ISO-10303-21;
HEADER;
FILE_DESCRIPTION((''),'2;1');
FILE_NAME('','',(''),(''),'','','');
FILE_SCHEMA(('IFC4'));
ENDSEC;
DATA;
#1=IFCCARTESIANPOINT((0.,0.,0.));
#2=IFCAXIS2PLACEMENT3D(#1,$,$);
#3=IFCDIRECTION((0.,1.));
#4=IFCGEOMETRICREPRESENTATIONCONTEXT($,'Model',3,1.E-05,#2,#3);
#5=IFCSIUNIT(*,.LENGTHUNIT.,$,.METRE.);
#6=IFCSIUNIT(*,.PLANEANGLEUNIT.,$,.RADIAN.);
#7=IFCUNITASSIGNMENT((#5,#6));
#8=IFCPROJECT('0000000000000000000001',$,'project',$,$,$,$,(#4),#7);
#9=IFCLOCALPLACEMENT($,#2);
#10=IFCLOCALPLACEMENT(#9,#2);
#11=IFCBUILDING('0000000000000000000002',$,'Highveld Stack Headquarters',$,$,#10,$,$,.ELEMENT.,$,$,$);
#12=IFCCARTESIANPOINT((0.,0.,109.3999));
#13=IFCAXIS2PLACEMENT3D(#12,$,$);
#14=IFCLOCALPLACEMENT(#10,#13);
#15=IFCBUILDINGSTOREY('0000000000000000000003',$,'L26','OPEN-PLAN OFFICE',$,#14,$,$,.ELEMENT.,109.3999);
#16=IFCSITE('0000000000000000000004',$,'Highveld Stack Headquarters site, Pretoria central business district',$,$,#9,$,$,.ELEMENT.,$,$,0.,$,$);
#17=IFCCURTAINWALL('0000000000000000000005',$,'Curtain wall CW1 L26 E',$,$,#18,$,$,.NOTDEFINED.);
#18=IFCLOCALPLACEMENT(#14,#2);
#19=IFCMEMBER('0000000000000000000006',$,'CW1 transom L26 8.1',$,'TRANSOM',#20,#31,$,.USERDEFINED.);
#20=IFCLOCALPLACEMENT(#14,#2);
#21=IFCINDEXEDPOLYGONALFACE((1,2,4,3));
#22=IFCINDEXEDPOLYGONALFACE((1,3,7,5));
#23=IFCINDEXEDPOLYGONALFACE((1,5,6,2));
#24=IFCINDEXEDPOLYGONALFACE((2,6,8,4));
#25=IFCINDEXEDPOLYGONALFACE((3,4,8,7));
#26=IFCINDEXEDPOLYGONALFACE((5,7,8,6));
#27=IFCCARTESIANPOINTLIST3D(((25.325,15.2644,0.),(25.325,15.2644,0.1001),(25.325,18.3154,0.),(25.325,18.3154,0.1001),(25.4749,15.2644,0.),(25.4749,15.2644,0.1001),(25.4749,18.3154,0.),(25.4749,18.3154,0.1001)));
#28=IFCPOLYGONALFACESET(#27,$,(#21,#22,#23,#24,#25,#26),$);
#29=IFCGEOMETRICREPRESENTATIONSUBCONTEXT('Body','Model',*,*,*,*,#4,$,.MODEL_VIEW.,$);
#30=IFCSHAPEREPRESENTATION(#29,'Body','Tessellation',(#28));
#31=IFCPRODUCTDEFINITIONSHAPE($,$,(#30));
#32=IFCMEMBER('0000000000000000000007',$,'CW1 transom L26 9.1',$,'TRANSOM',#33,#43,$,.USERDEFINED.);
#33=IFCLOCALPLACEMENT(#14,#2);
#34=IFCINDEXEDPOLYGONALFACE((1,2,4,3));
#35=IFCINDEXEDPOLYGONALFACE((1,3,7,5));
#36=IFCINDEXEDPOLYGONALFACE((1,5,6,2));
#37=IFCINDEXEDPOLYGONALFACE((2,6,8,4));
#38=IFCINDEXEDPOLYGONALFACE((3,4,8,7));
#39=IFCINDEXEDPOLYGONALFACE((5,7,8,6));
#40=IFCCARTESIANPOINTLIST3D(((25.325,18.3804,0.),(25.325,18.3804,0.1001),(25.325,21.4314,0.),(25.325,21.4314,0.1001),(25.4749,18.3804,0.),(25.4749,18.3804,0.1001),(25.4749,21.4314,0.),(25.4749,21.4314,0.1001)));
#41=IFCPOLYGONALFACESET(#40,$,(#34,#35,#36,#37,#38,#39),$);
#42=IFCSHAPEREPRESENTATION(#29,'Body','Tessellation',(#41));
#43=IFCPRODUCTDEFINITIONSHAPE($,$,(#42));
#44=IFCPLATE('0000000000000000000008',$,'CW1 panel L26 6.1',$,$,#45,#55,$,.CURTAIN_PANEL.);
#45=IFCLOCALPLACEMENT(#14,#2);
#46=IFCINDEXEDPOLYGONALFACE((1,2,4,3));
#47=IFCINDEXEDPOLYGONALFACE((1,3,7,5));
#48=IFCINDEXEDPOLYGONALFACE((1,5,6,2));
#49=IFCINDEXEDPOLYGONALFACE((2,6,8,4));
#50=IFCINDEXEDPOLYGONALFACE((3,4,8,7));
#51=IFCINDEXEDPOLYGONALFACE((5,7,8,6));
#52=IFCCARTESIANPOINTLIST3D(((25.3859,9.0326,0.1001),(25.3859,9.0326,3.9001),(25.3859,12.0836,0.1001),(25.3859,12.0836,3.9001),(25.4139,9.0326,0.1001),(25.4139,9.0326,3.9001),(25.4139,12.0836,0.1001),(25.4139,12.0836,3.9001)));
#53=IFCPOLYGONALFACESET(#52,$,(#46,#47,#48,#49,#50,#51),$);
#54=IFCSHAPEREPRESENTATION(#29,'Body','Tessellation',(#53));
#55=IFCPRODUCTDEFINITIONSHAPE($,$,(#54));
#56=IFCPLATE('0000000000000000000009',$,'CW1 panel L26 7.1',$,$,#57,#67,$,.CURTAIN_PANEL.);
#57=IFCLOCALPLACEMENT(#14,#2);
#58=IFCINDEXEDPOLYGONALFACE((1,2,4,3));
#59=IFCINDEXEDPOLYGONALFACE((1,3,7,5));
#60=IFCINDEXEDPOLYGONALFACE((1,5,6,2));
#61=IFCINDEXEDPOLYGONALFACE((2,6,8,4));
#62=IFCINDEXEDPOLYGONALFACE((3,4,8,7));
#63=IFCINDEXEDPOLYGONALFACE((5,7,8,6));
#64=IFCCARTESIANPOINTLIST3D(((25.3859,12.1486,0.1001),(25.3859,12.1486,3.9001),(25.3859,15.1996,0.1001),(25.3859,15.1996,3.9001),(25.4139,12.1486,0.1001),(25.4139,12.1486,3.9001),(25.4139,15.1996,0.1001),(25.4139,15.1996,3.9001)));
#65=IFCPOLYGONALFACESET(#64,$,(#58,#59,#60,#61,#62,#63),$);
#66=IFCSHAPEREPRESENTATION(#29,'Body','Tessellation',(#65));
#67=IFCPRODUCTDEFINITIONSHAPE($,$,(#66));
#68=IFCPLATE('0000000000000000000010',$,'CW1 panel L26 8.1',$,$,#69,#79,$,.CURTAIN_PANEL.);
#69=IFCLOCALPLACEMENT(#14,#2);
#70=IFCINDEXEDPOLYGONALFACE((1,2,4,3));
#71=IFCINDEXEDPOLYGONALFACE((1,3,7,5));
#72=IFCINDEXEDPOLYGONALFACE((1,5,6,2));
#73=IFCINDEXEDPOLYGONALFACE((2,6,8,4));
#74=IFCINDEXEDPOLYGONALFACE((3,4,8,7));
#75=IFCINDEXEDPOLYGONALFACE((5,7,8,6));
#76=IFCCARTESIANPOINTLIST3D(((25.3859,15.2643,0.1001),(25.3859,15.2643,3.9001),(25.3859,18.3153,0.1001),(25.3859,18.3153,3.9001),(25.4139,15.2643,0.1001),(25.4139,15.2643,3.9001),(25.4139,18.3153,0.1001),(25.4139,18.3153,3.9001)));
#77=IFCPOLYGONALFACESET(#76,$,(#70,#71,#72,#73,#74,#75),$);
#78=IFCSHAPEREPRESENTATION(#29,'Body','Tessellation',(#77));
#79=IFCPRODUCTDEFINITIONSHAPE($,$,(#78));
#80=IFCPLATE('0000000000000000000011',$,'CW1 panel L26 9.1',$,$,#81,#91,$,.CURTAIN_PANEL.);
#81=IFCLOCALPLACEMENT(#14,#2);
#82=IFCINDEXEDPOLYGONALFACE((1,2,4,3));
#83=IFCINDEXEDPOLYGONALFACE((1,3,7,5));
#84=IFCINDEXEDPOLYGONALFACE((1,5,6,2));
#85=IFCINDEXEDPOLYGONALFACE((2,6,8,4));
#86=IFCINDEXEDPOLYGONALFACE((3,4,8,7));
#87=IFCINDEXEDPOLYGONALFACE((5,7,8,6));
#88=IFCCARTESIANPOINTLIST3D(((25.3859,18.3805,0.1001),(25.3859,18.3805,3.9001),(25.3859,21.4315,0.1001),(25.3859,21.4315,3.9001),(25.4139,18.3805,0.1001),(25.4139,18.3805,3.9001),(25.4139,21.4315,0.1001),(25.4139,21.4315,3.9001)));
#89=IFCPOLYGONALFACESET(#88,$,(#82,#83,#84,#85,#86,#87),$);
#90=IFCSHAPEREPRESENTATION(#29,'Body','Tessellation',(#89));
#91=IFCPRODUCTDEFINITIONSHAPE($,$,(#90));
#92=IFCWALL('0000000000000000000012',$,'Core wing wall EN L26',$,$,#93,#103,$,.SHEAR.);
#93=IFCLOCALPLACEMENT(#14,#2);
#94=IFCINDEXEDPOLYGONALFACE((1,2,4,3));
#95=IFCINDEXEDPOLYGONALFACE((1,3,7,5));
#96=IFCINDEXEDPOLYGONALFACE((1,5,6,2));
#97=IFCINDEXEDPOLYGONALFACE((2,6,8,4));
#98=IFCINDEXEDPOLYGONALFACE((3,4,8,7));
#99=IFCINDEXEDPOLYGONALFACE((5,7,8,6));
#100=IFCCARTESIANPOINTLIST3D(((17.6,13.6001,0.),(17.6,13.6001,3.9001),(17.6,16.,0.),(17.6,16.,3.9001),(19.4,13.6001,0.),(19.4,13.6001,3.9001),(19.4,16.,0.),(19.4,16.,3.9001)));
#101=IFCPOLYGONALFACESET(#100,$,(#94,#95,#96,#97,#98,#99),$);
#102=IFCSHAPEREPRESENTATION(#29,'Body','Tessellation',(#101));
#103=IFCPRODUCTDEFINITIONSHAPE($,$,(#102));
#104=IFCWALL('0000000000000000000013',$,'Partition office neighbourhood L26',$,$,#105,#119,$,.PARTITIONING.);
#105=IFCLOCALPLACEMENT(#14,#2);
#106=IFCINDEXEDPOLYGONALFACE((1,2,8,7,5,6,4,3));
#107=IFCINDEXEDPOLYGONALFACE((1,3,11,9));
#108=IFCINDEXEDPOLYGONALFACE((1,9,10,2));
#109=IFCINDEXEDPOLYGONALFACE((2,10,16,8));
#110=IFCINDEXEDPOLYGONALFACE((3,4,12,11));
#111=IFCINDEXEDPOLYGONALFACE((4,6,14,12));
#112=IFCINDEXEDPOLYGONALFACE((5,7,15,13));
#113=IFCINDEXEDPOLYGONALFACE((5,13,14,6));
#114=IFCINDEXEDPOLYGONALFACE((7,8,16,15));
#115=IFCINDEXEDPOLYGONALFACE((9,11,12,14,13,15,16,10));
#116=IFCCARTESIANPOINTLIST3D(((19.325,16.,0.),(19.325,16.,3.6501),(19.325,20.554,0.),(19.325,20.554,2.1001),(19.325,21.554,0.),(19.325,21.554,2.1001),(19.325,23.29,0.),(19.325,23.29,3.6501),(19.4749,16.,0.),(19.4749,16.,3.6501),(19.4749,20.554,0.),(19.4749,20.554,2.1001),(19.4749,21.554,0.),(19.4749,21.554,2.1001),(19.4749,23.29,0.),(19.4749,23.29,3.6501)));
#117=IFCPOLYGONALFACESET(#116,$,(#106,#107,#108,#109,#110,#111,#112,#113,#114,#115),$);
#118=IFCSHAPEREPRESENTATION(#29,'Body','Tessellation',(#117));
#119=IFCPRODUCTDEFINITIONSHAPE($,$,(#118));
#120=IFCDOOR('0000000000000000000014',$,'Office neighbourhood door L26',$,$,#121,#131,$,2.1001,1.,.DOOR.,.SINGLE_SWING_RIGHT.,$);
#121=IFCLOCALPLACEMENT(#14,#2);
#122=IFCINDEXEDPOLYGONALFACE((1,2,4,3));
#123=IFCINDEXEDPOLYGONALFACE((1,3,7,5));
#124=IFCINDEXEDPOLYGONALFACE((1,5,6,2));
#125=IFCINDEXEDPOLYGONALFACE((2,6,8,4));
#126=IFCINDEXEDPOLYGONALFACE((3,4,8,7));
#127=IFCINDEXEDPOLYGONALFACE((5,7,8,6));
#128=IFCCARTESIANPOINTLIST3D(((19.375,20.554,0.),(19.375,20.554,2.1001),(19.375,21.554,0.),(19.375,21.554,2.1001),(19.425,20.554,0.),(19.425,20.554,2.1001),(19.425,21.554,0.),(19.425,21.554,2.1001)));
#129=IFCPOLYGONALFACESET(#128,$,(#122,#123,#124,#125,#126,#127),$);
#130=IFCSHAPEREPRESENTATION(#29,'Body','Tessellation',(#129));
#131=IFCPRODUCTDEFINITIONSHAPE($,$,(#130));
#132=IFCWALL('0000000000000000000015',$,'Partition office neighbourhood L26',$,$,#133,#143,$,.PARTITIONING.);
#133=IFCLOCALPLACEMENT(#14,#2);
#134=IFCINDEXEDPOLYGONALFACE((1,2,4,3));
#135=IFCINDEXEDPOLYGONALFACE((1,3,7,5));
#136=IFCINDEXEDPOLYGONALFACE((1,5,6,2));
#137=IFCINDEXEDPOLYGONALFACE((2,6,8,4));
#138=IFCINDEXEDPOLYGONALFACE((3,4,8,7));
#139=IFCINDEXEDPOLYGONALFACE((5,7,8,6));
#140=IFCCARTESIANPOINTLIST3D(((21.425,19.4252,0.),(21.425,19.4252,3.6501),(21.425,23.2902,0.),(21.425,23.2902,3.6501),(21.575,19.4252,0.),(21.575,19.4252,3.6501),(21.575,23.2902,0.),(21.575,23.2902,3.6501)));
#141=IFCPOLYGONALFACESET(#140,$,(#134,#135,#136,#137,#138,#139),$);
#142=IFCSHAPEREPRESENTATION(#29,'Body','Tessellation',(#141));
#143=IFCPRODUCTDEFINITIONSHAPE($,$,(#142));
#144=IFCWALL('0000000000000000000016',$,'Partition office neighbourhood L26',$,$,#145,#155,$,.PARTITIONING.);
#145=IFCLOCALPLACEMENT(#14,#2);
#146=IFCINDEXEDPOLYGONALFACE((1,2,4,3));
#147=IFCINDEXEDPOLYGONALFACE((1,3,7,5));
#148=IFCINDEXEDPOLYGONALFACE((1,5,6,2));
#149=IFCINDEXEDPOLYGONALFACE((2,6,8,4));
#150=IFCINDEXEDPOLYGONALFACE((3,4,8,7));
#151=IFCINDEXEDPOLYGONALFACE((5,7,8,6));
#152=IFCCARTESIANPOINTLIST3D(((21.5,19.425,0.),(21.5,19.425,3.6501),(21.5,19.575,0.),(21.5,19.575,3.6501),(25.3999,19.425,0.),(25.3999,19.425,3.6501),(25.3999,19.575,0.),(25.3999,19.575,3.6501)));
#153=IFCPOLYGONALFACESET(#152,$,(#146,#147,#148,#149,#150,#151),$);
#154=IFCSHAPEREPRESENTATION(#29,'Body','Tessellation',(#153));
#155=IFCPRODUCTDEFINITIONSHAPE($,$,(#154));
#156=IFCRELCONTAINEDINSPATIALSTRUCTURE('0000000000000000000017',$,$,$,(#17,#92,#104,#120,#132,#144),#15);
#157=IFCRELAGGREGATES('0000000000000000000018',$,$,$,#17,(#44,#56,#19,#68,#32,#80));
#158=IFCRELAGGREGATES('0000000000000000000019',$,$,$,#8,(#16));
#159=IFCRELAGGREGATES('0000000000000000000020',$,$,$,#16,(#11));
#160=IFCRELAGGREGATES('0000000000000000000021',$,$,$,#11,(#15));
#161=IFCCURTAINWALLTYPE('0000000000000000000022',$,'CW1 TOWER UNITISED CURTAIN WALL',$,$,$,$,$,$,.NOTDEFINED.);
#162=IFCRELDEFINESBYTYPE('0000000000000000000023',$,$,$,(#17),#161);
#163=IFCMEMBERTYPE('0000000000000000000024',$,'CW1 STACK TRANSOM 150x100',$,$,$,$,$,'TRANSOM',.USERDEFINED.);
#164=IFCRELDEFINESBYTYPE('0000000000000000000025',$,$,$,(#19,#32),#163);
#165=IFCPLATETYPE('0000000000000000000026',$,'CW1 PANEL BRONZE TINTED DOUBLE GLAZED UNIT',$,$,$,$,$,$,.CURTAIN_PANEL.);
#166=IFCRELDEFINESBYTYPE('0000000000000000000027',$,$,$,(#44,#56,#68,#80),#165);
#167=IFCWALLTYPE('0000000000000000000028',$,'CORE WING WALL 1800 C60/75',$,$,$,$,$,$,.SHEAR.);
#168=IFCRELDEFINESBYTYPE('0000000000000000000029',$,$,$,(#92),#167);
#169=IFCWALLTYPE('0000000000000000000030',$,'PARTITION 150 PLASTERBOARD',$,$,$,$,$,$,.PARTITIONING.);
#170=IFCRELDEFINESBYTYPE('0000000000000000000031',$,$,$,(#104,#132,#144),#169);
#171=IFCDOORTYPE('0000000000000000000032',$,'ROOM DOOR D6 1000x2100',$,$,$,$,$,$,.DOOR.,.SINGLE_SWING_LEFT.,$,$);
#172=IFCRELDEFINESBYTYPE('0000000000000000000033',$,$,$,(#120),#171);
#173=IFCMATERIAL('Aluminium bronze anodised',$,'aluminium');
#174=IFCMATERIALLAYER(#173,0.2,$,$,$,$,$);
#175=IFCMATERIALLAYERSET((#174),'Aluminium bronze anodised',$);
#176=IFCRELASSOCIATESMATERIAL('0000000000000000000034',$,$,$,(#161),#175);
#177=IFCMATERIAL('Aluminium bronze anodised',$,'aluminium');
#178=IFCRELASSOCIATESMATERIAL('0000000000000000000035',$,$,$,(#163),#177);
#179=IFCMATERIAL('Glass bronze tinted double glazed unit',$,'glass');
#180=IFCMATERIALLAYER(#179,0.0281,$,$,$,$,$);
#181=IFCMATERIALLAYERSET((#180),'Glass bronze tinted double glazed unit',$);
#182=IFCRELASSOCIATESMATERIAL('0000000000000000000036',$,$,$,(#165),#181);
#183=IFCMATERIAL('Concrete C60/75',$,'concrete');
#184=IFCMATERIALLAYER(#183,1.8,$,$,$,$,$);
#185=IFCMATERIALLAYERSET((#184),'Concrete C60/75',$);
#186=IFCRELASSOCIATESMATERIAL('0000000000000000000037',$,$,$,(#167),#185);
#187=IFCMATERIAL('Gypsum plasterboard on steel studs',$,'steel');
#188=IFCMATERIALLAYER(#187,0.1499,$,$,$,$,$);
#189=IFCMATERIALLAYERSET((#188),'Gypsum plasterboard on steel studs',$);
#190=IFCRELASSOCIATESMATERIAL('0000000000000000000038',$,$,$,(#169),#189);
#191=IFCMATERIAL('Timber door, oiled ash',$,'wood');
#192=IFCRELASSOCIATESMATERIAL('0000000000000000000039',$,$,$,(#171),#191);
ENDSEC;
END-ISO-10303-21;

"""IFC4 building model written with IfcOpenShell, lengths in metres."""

from ifc_helpers import new_model, si_unit, direction, frame, frame_2d, origin, origin_2d, place, context, subcontext, project, spatial, rectangle, extrude, material, layer, layer_set, material_profile, profile_set, type_object, element, fill, aggregate, save


model = new_model("IFC4")

# Units and contexts
model_context = context("Model", 3, precision=1e-05, world=origin(), true_north=direction((0.0, 1.0)))
body_context = subcontext(model_context, "Body", "Model", "MODEL_VIEW")
ifc_project = project(units=[si_unit("LENGTHUNIT", "METRE"), si_unit("PLANEANGLEUNIT", "RADIAN")], contexts=[model_context])

# Site, building, storey
site_placement = place(None, origin())
site = spatial("IfcSite", under=ifc_project, at=site_placement, Name="Highveld Stack Headquarters site, Pretoria central business district", CompositionType="ELEMENT", RefElevation=0.0)
building_placement = place(site_placement, origin())
building = spatial("IfcBuilding", under=site, at=building_placement, Name="Highveld Stack Headquarters", CompositionType="ELEMENT")
storey_placement = place(building_placement, frame((0.0, 0.0, 109.3999)))
storey = spatial("IfcBuildingStorey", under=building, at=storey_placement, Name="L26", Description="OPEN-PLAN OFFICE", CompositionType="ELEMENT", Elevation=109.3999)

# Curtain wall, members, plates
ifc_material_1 = material(Name="Aluminium bronze anodised", Category="aluminium")
ifc_layer_1 = layer(ifc_material_1, 0.2)
ifc_layer_set_1 = layer_set([ifc_layer_1], Name="Aluminium bronze anodised")
curtain_wall_type = type_object("IfcCurtainWallType", Name="CW1 TOWER UNITISED CURTAIN WALL", PredefinedType="NOTDEFINED", material=ifc_layer_set_1)
curtain_wall_placement = place(storey_placement, origin())
curtain_wall = element("IfcCurtainWall", 1, at=curtain_wall_placement, inside=storey, type_object=curtain_wall_type, Name="Curtain wall CW1 L26 E", PredefinedType="NOTDEFINED")
ifc_material_2 = material(Name="Aluminium bronze anodised", Category="aluminium")
ifc_material_profile_1 = material_profile(ifc_material_2, rectangle(XDim=0.1499, YDim=0.1001, at=origin_2d()), Name="CW1 TRANSOM 150x100")
ifc_profile_set_1 = profile_set([ifc_material_profile_1], Name="Aluminium bronze anodised")
member_type_1 = type_object("IfcMemberType", Name="CW1 STACK TRANSOM 150x100", ElementType="TRANSOM", PredefinedType="USERDEFINED", material=ifc_profile_set_1)
member_1_placement = place(storey_placement, frame((25.3999, 15.2644, 0.05), z_axis=(0.0, 1.0, 0.0), x_axis=(-1.0, 0.0, 0.0)))
member_1 = element("IfcMember", 2, at=member_1_placement, type_object=member_type_1, Name="CW1 transom L26 8.1", ObjectType="TRANSOM", PredefinedType="USERDEFINED", context=body_context, shape_type="SweptSolid", body=[
    extrude(rectangle(XDim=0.1499, YDim=0.1001, at=origin_2d()), origin(), (0.0, 0.0, 1.0), 3.051),
])
member_2_placement = place(storey_placement, frame((25.3999, 18.3804, 0.05), z_axis=(0.0, 1.0, 0.0), x_axis=(-1.0, 0.0, 0.0)))
member_2 = element("IfcMember", 3, at=member_2_placement, type_object=member_type_1, Name="CW1 transom L26 9.1", ObjectType="TRANSOM", PredefinedType="USERDEFINED", context=body_context, shape_type="SweptSolid", body=[
    extrude(rectangle(XDim=0.1499, YDim=0.1001, at=origin_2d()), origin(), (0.0, 0.0, 1.0), 3.051),
])
ifc_material_3 = material(Name="Glass bronze tinted double glazed unit", Category="glass")
ifc_layer_2 = layer(ifc_material_3, 0.0281)
ifc_layer_set_2 = layer_set([ifc_layer_2], Name="Glass bronze tinted double glazed unit")
plate_type = type_object("IfcPlateType", Name="CW1 PANEL BRONZE TINTED DOUBLE GLAZED UNIT", PredefinedType="CURTAIN_PANEL", material=ifc_layer_set_2)
plate_1_placement = place(storey_placement, frame((25.3999, 10.5581, 0.1001), z_axis=(0.0, 0.0, 1.0), x_axis=(0.0, 1.0, 0.0)))
plate_1 = element("IfcPlate", 4, at=plate_1_placement, type_object=plate_type, Name="CW1 panel L26 6.1", PredefinedType="CURTAIN_PANEL", context=body_context, shape_type="SweptSolid", body=[
    extrude(rectangle(XDim=3.051, YDim=0.0281, at=origin_2d()), origin(), (0.0, 0.0, 1.0), 3.8),
])
plate_2_placement = place(storey_placement, frame((25.3999, 13.6741, 0.1001), z_axis=(0.0, 0.0, 1.0), x_axis=(0.0, 1.0, 0.0)))
plate_2 = element("IfcPlate", 5, at=plate_2_placement, type_object=plate_type, Name="CW1 panel L26 7.1", PredefinedType="CURTAIN_PANEL", context=body_context, shape_type="SweptSolid", body=[
    extrude(rectangle(XDim=3.051, YDim=0.0281, at=origin_2d()), origin(), (0.0, 0.0, 1.0), 3.8),
])
plate_3_placement = place(storey_placement, frame((25.3999, 16.7898, 0.1001), z_axis=(0.0, 0.0, 1.0), x_axis=(0.0, 1.0, 0.0)))
plate_3 = element("IfcPlate", 6, at=plate_3_placement, type_object=plate_type, Name="CW1 panel L26 8.1", PredefinedType="CURTAIN_PANEL", context=body_context, shape_type="SweptSolid", body=[
    extrude(rectangle(XDim=3.051, YDim=0.0281, at=origin_2d()), origin(), (0.0, 0.0, 1.0), 3.8),
])
plate_4_placement = place(storey_placement, frame((25.3999, 19.906, 0.1001), z_axis=(0.0, 0.0, 1.0), x_axis=(0.0, 1.0, 0.0)))
plate_4 = element("IfcPlate", 7, at=plate_4_placement, type_object=plate_type, Name="CW1 panel L26 9.1", PredefinedType="CURTAIN_PANEL", context=body_context, shape_type="SweptSolid", body=[
    extrude(rectangle(XDim=3.051, YDim=0.0281, at=origin_2d()), origin(), (0.0, 0.0, 1.0), 3.8),
])
aggregate(curtain_wall, [plate_1, plate_2, member_1, plate_3, member_2, plate_4])

# Wall
ifc_material_4 = material(Name="Concrete C60/75", Category="concrete")
ifc_layer_3 = layer(ifc_material_4, 1.8)
ifc_layer_set_3 = layer_set([ifc_layer_3], Name="Concrete C60/75")
wall_type_1 = type_object("IfcWallType", Name="CORE WING WALL 1800 C60/75", PredefinedType="SHEAR", material=ifc_layer_set_3)
wall_1_placement = place(storey_placement, frame((18.5, 13.6001, 0.0), z_axis=(0.0, 0.0, 1.0), x_axis=(0.0, 1.0, 0.0)))
element("IfcWall", 8, at=wall_1_placement, inside=storey, type_object=wall_type_1, Name="Core wing wall EN L26", PredefinedType="SHEAR", context=body_context, shape_type="SweptSolid", body=[
    extrude(rectangle(XDim=2.3999, YDim=1.8, at=frame_2d((1.2, 0.0))), origin(), (0.0, 0.0, 1.0), 3.9001),
])

# Wall, opening, door
ifc_material_5 = material(Name="Gypsum plasterboard on steel studs", Category="steel")
ifc_layer_4 = layer(ifc_material_5, 0.1499)
ifc_layer_set_4 = layer_set([ifc_layer_4], Name="Gypsum plasterboard on steel studs")
wall_type_2 = type_object("IfcWallType", Name="PARTITION 150 PLASTERBOARD", PredefinedType="PARTITIONING", material=ifc_layer_set_4)
wall_2_placement = place(storey_placement, frame((19.3999, 16.0, 0.0), z_axis=(0.0, 0.0, 1.0), x_axis=(0.0, 1.0, 0.0)))
wall_2 = element("IfcWall", 9, at=wall_2_placement, inside=storey, type_object=wall_type_2, Name="Partition office neighbourhood L26", PredefinedType="PARTITIONING", context=body_context, shape_type="SweptSolid", body=[
    extrude(rectangle(XDim=7.29, YDim=0.1499, at=frame_2d((3.645, 0.0))), origin(), (0.0, 0.0, 1.0), 3.6501),
])
opening_placement = place(wall_2_placement, frame((4.554, 0.0, 0.0)))
opening = element("IfcOpeningElement", 10, at=opening_placement, cuts=wall_2, PredefinedType="OPENING", context=body_context, shape_type="SweptSolid", body=[
    extrude(rectangle(XDim=1.0, YDim=2.1001, at=frame_2d((0.5, 1.05))), frame((0.0, 0.085, 0.0), z_axis=(0.0, -1.0, 0.0), x_axis=(1.0, 0.0, 0.0)), (0.0, 0.0, 1.0), 0.1699),
])
ifc_material_6 = material(Name="Timber door, oiled ash", Category="wood")
door_type = type_object("IfcDoorType", Name="ROOM DOOR D6 1000x2100", OperationType="SINGLE_SWING_LEFT", PredefinedType="DOOR", material=ifc_material_6)
door_placement = place(opening_placement, origin())
door = element("IfcDoor", 11, at=door_placement, inside=storey, type_object=door_type, Name="Office neighbourhood door L26", OperationType="SINGLE_SWING_RIGHT", OverallHeight=2.1001, OverallWidth=1.0, PredefinedType="DOOR", context=body_context, shape_type="SweptSolid", body=[
    extrude(rectangle(XDim=1.0, YDim=2.1001, at=frame_2d((0.5, 1.05))), frame((0.0, 0.0249, 0.0), z_axis=(0.0, -1.0, 0.0), x_axis=(1.0, 0.0, 0.0)), (0.0, 0.0, 1.0), 0.05),
])
fill(opening, door)

# Walls
wall_3_placement = place(storey_placement, frame((21.5, 19.425, 0.0), z_axis=(0.0, 0.0, 1.0), x_axis=(0.0, 1.0, 0.0)))
element("IfcWall", 12, at=wall_3_placement, inside=storey, type_object=wall_type_2, Name="Partition office neighbourhood L26", PredefinedType="PARTITIONING", context=body_context, shape_type="SweptSolid", body=[
    extrude(rectangle(XDim=3.865, YDim=0.1499, at=frame_2d((1.9326, 0.0))), origin(), (0.0, 0.0, 1.0), 3.6501),
])
wall_4_placement = place(storey_placement, frame((21.5, 19.5, 0.0), z_axis=(0.0, 0.0, 1.0), x_axis=(1.0, 0.0, 0.0)))
element("IfcWall", 13, at=wall_4_placement, inside=storey, type_object=wall_type_2, Name="Partition office neighbourhood L26", PredefinedType="PARTITIONING", context=body_context, shape_type="SweptSolid", body=[
    extrude(rectangle(XDim=3.8999, YDim=0.1499, at=frame_2d((1.95, 0.0))), origin(), (0.0, 0.0, 1.0), 3.6501),
])

save(model, "model.ifc")
